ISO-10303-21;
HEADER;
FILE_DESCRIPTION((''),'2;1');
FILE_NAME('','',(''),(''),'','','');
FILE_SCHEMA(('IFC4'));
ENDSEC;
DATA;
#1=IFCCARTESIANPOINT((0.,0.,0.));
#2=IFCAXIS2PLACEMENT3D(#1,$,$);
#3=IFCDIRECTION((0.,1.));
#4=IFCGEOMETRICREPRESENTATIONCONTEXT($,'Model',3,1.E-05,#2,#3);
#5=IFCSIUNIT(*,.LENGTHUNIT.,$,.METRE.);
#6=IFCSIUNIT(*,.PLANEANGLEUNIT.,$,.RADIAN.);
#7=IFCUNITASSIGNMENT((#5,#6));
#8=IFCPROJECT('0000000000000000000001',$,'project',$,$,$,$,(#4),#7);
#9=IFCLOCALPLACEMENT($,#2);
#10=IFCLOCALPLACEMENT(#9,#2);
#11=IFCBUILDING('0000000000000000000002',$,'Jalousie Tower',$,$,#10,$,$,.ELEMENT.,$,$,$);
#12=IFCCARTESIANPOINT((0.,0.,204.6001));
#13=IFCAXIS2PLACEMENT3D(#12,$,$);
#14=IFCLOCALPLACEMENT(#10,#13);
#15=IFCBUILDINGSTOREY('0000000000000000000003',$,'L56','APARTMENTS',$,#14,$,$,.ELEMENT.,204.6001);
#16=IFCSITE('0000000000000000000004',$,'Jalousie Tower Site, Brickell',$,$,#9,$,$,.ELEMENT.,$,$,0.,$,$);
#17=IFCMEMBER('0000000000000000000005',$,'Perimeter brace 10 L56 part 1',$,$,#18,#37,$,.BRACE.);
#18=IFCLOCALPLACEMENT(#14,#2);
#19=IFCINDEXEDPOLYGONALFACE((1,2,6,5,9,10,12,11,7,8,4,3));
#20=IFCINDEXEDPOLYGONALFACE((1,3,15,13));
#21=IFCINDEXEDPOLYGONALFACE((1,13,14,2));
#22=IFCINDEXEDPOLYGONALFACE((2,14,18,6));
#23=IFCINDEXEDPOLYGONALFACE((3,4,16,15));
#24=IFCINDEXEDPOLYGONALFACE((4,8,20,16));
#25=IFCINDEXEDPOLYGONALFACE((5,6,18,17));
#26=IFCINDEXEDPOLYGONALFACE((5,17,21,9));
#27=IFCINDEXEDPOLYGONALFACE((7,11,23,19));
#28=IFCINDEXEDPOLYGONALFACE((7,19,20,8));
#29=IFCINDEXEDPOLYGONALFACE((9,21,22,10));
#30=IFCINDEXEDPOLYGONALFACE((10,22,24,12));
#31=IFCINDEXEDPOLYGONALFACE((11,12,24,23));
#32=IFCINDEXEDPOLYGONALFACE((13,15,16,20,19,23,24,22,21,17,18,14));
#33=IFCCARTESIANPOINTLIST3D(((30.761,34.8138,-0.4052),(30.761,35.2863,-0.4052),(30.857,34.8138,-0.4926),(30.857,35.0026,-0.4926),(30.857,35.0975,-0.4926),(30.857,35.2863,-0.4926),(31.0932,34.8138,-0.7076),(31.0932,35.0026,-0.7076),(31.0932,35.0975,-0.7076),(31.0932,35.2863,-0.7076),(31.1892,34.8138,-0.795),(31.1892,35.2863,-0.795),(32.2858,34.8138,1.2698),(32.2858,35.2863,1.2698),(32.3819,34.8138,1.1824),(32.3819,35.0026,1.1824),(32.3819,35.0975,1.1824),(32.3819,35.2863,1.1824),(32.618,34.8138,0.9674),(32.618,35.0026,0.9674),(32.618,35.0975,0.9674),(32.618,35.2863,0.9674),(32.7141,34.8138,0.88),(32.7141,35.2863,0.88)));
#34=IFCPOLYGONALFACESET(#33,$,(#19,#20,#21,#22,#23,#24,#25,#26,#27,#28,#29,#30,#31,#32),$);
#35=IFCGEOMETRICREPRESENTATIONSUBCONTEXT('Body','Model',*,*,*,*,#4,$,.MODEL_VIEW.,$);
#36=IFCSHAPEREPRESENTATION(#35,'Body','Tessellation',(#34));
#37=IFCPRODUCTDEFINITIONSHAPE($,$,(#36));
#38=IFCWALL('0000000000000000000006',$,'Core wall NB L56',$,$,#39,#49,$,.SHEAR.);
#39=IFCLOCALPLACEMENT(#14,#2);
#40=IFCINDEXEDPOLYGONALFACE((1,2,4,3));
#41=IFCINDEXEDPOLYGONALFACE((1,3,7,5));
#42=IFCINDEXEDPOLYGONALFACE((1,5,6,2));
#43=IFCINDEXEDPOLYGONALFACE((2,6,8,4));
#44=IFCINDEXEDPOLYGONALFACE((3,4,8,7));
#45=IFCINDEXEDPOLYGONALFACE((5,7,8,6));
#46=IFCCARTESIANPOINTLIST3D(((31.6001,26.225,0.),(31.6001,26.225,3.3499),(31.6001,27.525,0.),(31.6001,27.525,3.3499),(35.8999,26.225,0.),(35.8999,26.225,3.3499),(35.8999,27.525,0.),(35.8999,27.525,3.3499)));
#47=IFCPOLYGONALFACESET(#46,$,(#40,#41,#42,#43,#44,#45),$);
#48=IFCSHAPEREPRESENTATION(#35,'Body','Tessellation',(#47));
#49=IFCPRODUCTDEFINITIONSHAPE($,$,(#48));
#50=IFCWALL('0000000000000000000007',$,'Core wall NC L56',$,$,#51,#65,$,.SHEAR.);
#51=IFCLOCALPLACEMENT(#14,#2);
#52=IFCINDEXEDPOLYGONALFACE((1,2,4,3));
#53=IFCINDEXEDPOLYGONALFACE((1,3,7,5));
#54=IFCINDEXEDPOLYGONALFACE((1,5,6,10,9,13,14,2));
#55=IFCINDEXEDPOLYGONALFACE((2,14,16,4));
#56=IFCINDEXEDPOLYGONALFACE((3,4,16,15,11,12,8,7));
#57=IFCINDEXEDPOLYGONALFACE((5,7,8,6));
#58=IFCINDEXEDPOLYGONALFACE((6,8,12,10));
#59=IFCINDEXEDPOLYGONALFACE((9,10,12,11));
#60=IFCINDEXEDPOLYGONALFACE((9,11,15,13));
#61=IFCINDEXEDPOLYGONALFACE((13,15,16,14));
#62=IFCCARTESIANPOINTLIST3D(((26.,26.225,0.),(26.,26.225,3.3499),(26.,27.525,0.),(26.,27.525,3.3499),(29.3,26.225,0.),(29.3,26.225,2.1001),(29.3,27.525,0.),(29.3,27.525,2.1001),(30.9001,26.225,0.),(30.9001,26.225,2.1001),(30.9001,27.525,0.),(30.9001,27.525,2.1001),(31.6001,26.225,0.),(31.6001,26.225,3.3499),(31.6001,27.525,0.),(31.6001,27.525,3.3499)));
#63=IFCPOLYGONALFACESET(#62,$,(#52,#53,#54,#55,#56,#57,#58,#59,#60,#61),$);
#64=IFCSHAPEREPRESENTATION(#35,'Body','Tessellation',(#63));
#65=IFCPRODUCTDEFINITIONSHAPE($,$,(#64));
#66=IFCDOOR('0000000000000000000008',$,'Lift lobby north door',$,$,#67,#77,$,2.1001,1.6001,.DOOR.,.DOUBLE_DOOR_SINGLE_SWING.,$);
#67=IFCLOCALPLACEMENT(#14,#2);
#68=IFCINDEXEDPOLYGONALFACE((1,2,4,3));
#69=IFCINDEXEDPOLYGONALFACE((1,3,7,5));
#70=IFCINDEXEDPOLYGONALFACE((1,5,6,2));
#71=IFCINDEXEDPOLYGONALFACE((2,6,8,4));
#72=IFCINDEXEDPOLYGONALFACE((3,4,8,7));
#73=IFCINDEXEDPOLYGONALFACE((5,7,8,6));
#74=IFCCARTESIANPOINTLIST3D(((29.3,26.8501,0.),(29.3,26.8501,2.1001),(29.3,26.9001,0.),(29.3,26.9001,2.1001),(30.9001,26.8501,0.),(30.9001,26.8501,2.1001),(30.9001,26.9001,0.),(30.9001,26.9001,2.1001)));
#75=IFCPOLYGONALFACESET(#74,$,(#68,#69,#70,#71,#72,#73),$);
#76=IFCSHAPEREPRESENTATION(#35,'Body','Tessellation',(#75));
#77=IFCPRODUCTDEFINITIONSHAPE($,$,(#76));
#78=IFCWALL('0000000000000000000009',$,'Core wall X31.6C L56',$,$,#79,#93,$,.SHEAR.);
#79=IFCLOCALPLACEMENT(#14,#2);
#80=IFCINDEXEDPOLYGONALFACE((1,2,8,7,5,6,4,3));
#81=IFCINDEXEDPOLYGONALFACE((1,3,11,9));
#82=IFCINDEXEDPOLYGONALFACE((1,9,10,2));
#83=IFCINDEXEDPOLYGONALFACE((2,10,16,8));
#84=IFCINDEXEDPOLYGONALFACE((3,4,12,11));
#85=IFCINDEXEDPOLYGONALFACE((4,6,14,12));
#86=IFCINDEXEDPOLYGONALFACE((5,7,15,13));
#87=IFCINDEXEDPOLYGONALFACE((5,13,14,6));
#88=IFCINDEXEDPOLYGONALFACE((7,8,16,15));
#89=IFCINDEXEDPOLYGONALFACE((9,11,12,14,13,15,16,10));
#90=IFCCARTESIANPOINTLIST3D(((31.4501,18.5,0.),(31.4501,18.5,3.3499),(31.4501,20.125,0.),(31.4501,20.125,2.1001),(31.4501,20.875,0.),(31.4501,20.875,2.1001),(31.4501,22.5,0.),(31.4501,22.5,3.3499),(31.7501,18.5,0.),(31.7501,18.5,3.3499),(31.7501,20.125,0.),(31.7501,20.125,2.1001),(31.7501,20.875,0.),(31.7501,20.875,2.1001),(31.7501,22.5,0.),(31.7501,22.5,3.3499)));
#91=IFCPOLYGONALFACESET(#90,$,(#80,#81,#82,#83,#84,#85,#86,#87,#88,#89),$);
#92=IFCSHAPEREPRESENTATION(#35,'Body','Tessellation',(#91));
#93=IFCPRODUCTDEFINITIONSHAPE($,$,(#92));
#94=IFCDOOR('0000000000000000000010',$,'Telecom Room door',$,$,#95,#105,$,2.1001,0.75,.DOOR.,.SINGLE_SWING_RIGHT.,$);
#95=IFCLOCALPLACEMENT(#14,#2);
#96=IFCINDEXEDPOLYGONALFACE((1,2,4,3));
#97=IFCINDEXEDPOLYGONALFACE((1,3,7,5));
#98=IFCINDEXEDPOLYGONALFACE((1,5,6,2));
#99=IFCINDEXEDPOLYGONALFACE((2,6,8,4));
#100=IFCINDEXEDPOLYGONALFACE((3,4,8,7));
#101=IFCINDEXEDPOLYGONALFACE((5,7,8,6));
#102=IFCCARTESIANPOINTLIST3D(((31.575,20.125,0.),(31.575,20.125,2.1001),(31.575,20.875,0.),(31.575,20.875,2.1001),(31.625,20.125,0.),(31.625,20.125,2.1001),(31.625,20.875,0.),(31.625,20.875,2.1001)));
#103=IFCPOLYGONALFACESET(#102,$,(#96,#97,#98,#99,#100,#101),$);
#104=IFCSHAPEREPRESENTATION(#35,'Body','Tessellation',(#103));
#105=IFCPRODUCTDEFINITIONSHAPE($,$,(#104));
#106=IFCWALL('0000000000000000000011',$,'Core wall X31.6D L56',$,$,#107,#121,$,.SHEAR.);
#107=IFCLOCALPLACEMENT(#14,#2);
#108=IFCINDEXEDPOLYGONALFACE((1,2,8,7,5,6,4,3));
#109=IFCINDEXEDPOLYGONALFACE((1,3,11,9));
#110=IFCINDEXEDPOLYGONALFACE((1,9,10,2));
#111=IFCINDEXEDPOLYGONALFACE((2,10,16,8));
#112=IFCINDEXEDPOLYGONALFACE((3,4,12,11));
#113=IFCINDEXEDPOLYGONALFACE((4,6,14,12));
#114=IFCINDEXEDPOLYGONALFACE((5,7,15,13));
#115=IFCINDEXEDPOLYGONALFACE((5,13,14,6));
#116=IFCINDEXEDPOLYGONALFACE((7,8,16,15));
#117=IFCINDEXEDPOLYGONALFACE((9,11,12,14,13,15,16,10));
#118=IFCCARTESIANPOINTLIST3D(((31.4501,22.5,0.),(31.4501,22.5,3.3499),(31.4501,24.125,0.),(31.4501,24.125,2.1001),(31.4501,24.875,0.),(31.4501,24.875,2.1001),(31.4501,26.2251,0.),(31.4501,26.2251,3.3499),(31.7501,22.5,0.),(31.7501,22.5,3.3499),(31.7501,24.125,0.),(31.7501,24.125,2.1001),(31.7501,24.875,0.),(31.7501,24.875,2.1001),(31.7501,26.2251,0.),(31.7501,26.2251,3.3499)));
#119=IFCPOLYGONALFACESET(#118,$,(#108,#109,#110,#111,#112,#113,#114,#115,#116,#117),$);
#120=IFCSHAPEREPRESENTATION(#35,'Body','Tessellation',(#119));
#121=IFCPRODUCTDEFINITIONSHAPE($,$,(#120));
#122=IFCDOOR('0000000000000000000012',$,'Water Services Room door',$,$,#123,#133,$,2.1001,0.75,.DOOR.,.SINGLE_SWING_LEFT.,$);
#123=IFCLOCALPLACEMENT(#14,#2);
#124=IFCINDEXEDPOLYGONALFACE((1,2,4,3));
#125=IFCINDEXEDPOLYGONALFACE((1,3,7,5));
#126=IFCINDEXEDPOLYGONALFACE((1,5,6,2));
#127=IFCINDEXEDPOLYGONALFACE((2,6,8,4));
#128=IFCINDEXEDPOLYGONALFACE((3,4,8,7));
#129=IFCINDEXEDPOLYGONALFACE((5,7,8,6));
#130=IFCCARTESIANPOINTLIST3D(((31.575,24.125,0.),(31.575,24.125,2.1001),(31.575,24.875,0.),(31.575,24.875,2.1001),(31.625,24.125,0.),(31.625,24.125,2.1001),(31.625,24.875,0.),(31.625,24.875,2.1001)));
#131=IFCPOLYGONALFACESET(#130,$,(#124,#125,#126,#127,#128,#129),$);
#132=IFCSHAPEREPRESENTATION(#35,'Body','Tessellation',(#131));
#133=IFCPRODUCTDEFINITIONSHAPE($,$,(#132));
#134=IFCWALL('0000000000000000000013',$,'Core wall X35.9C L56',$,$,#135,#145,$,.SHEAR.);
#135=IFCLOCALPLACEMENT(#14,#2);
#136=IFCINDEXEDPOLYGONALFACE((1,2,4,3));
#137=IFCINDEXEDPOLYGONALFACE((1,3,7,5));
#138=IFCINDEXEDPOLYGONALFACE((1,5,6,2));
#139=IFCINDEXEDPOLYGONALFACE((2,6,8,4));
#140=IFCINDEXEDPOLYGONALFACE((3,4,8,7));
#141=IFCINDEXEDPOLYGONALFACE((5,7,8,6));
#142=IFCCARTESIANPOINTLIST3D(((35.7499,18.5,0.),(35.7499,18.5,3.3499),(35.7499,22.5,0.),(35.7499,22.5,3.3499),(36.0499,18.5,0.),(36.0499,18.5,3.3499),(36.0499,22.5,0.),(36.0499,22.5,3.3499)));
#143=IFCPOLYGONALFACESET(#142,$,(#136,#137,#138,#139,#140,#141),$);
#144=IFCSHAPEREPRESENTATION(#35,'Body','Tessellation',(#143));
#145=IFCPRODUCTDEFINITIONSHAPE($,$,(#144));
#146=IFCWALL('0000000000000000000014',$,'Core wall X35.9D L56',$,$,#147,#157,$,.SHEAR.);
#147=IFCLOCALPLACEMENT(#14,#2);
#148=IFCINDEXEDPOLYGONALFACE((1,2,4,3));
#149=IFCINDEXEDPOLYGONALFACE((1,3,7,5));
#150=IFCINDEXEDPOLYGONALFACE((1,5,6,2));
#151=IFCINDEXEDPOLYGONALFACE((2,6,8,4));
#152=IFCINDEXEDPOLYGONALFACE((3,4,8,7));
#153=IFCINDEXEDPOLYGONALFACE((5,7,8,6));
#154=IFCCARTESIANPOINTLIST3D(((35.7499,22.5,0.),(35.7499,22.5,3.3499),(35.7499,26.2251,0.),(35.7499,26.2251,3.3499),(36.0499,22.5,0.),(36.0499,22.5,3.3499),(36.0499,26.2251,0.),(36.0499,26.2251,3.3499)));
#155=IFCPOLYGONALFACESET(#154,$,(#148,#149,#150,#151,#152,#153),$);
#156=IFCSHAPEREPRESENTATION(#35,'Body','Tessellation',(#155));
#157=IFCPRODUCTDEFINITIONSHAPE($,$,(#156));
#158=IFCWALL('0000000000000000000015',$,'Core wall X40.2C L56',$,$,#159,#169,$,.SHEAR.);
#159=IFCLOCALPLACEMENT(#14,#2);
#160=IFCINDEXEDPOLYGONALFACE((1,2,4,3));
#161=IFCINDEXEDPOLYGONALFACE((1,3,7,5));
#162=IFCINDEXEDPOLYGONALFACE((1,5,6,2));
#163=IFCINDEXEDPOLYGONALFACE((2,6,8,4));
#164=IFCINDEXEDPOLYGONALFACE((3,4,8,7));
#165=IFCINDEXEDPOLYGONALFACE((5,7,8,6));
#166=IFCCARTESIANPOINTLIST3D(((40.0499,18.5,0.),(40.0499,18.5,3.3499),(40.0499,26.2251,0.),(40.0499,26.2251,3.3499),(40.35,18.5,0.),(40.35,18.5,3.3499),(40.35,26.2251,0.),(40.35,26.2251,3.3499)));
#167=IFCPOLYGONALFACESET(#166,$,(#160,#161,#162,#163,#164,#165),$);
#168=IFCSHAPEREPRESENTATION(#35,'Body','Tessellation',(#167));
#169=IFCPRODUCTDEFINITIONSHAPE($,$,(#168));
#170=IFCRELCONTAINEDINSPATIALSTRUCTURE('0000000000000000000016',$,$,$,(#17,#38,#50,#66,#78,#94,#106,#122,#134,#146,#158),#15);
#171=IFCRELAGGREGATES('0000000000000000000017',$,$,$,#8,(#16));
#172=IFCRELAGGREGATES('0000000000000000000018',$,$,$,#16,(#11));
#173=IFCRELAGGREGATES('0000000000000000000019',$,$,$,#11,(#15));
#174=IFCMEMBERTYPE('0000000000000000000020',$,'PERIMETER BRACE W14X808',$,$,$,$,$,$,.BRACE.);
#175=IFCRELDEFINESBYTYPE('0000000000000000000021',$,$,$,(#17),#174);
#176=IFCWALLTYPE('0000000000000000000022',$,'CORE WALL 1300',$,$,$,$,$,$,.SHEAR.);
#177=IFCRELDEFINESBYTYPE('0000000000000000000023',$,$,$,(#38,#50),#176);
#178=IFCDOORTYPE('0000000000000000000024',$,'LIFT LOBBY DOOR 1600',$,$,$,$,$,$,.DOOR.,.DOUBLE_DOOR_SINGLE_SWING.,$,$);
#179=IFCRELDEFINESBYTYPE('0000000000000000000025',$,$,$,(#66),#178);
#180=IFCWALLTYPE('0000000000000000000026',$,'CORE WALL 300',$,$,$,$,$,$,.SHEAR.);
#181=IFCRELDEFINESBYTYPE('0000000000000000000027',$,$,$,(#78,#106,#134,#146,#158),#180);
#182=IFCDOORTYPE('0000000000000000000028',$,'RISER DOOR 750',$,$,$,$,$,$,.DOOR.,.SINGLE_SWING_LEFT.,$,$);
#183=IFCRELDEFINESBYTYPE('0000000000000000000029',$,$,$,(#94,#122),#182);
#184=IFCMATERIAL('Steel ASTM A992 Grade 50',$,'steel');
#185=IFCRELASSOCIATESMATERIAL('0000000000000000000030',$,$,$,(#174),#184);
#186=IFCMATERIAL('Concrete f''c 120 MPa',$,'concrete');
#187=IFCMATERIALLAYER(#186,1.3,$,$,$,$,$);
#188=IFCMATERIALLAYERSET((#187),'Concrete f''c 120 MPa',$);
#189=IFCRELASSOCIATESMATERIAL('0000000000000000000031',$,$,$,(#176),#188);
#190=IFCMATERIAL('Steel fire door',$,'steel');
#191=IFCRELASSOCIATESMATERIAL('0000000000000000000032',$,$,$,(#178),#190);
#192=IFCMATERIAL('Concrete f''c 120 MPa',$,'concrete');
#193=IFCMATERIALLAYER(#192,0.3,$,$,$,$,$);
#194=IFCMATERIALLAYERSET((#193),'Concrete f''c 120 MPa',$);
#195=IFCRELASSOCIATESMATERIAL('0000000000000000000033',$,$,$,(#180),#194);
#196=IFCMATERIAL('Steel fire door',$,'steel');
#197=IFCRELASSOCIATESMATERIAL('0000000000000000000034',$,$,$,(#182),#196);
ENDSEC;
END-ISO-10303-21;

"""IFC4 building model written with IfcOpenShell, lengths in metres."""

from ifc_helpers import new_model, si_unit, direction, frame, frame_2d, origin, origin_2d, place, context, subcontext, project, spatial, rectangle, i_section, extrude, material, layer, layer_set, material_profile, profile_set, type_object, element, fill, save


model = new_model("IFC4")

# Units and contexts
model_context = context("Model", 3, precision=1e-05, world=origin(), true_north=direction((0.0, 1.0)))
body_context = subcontext(model_context, "Body", "Model", "MODEL_VIEW")
ifc_project = project(units=[si_unit("LENGTHUNIT", "METRE"), si_unit("PLANEANGLEUNIT", "RADIAN")], contexts=[model_context])

# Site, building, storey
site_placement = place(None, origin())
site = spatial("IfcSite", under=ifc_project, at=site_placement, Name="Jalousie Tower Site, Brickell", CompositionType="ELEMENT", RefElevation=0.0)
building_placement = place(site_placement, origin())
building = spatial("IfcBuilding", under=site, at=building_placement, Name="Jalousie Tower", CompositionType="ELEMENT")
storey_placement = place(building_placement, frame((0.0, 0.0, 204.6001)))
storey = spatial("IfcBuildingStorey", under=building, at=storey_placement, Name="L56", Description="APARTMENTS", CompositionType="ELEMENT", Elevation=204.6001)

# Member
ifc_material_1 = material(Name="Steel ASTM A992 Grade 50", Category="steel")
ifc_material_profile = material_profile(ifc_material_1, i_section(OverallWidth=0.4724, OverallDepth=0.5791, WebThickness=0.095, FlangeThickness=0.1299, at=origin_2d()), Name="W14X808")
ifc_profile_set = profile_set([ifc_material_profile], Name="Steel ASTM A992 Grade 50")
member_type = type_object("IfcMemberType", Name="PERIMETER BRACE W14X808", PredefinedType="BRACE", material=ifc_profile_set)
member_placement = place(storey_placement, frame((30.9751, 35.05, -0.6001), z_axis=(0.673188, 0.0, 0.739472), x_axis=(0.0, 1.0, 0.0)))
element("IfcMember", 1, at=member_placement, inside=storey, type_object=member_type, Name="Perimeter brace 10 L56 part 1", PredefinedType="BRACE", context=body_context, shape_type="SweptSolid", body=[
    extrude(i_section(OverallWidth=0.4724, OverallDepth=0.5791, WebThickness=0.095, FlangeThickness=0.1299, at=origin_2d()), origin(), (0.0, 0.0, 1.0), 2.2651),
])

# Wall
ifc_material_2 = material(Name="Concrete f'c 120 MPa", Category="concrete")
ifc_layer_1 = layer(ifc_material_2, 1.3)
ifc_layer_set_1 = layer_set([ifc_layer_1], Name="Concrete f'c 120 MPa")
wall_type_1 = type_object("IfcWallType", Name="CORE WALL 1300", PredefinedType="SHEAR", material=ifc_layer_set_1)
wall_1_placement = place(storey_placement, frame((35.8999, 26.875, 0.0), z_axis=(0.0, 0.0, 1.0), x_axis=(-1.0, 0.0, 0.0)))
element("IfcWall", 2, at=wall_1_placement, inside=storey, type_object=wall_type_1, Name="Core wall NB L56", PredefinedType="SHEAR", context=body_context, shape_type="SweptSolid", body=[
    extrude(rectangle(XDim=4.2998, YDim=1.3, at=frame_2d((2.1499, 0.0))), origin(), (0.0, 0.0, 1.0), 3.3499),
])

# Walls, openings, doors
wall_2_placement = place(storey_placement, frame((31.6001, 26.875, 0.0), z_axis=(0.0, 0.0, 1.0), x_axis=(-1.0, 0.0, 0.0)))
wall_2 = element("IfcWall", 3, at=wall_2_placement, inside=storey, type_object=wall_type_1, Name="Core wall NC L56", PredefinedType="SHEAR", context=body_context, shape_type="SweptSolid", body=[
    extrude(rectangle(XDim=5.6001, YDim=1.3, at=frame_2d((2.8, 0.0))), origin(), (0.0, 0.0, 1.0), 3.3499),
])
opening_1_placement = place(wall_2_placement, frame((0.7, 0.0, 0.0)))
opening_1 = element("IfcOpeningElement", 4, at=opening_1_placement, cuts=wall_2, PredefinedType="OPENING", context=body_context, shape_type="SweptSolid", body=[
    extrude(rectangle(XDim=1.6001, YDim=2.1001, at=frame_2d((0.8, 1.05))), frame((0.0, 0.6599, 0.0), z_axis=(0.0, -1.0, 0.0), x_axis=(1.0, 0.0, 0.0)), (0.0, 0.0, 1.0), 1.3201),
])
ifc_material_3 = material(Name="Steel fire door", Category="steel")
door_type_1 = type_object("IfcDoorType", Name="LIFT LOBBY DOOR 1600", OperationType="DOUBLE_DOOR_SINGLE_SWING", PredefinedType="DOOR", material=ifc_material_3)
door_1_placement = place(opening_1_placement, origin())
door_1 = element("IfcDoor", 5, at=door_1_placement, inside=storey, type_object=door_type_1, Name="Lift lobby north door", OperationType="DOUBLE_DOOR_SINGLE_SWING", OverallHeight=2.1001, OverallWidth=1.6001, PredefinedType="DOOR", context=body_context, shape_type="SweptSolid", body=[
    extrude(rectangle(XDim=1.6001, YDim=2.1001, at=frame_2d((0.8, 1.05))), frame((0.0, 0.0249, 0.0), z_axis=(0.0, -1.0, 0.0), x_axis=(1.0, 0.0, 0.0)), (0.0, 0.0, 1.0), 0.05),
])
fill(opening_1, door_1)
ifc_material_4 = material(Name="Concrete f'c 120 MPa", Category="concrete")
ifc_layer_2 = layer(ifc_material_4, 0.3)
ifc_layer_set_2 = layer_set([ifc_layer_2], Name="Concrete f'c 120 MPa")
wall_type_2 = type_object("IfcWallType", Name="CORE WALL 300", PredefinedType="SHEAR", material=ifc_layer_set_2)
wall_3_placement = place(storey_placement, frame((31.6001, 18.5, 0.0), z_axis=(0.0, 0.0, 1.0), x_axis=(0.0, 1.0, 0.0)))
wall_3 = element("IfcWall", 6, at=wall_3_placement, inside=storey, type_object=wall_type_2, Name="Core wall X31.6C L56", PredefinedType="SHEAR", context=body_context, shape_type="SweptSolid", body=[
    extrude(rectangle(XDim=4.0, YDim=0.3, at=frame_2d((2.0, 0.0))), origin(), (0.0, 0.0, 1.0), 3.3499),
])
opening_2_placement = place(wall_3_placement, frame((1.625, 0.0, 0.0)))
opening_2 = element("IfcOpeningElement", 7, at=opening_2_placement, cuts=wall_3, PredefinedType="OPENING", context=body_context, shape_type="SweptSolid", body=[
    extrude(rectangle(XDim=0.75, YDim=2.1001, at=frame_2d((0.375, 1.05))), frame((0.0, 0.1599, 0.0), z_axis=(0.0, -1.0, 0.0), x_axis=(1.0, 0.0, 0.0)), (0.0, 0.0, 1.0), 0.3201),
])
ifc_material_5 = material(Name="Steel fire door", Category="steel")
door_type_2 = type_object("IfcDoorType", Name="RISER DOOR 750", OperationType="SINGLE_SWING_LEFT", PredefinedType="DOOR", material=ifc_material_5)
door_2_placement = place(opening_2_placement, frame((0.75, 0.0, 0.0), z_axis=(0.0, 0.0, 1.0), x_axis=(-1.0, 0.0, 0.0)))
door_2 = element("IfcDoor", 8, at=door_2_placement, inside=storey, type_object=door_type_2, Name="Telecom Room door", OperationType="SINGLE_SWING_RIGHT", OverallHeight=2.1001, OverallWidth=0.75, PredefinedType="DOOR", context=body_context, shape_type="SweptSolid", body=[
    extrude(rectangle(XDim=0.75, YDim=2.1001, at=frame_2d((0.375, 1.05))), frame((0.0, 0.0249, 0.0), z_axis=(0.0, -1.0, 0.0), x_axis=(1.0, 0.0, 0.0)), (0.0, 0.0, 1.0), 0.05),
])
fill(opening_2, door_2)
wall_4_placement = place(storey_placement, frame((31.6001, 22.5, 0.0), z_axis=(0.0, 0.0, 1.0), x_axis=(0.0, 1.0, 0.0)))
wall_4 = element("IfcWall", 9, at=wall_4_placement, inside=storey, type_object=wall_type_2, Name="Core wall X31.6D L56", PredefinedType="SHEAR", context=body_context, shape_type="SweptSolid", body=[
    extrude(rectangle(XDim=3.7251, YDim=0.3, at=frame_2d((1.8625, 0.0))), origin(), (0.0, 0.0, 1.0), 3.3499),
])
opening_3_placement = place(wall_4_placement, frame((1.625, 0.0, 0.0)))
opening_3 = element("IfcOpeningElement", 10, at=opening_3_placement, cuts=wall_4, PredefinedType="OPENING", context=body_context, shape_type="SweptSolid", body=[
    extrude(rectangle(XDim=0.75, YDim=2.1001, at=frame_2d((0.375, 1.05))), frame((0.0, 0.1599, 0.0), z_axis=(0.0, -1.0, 0.0), x_axis=(1.0, 0.0, 0.0)), (0.0, 0.0, 1.0), 0.3201),
])
door_3_placement = place(opening_3_placement, frame((0.75, 0.0, 0.0), z_axis=(0.0, 0.0, 1.0), x_axis=(-1.0, 0.0, 0.0)))
door_3 = element("IfcDoor", 11, at=door_3_placement, inside=storey, type_object=door_type_2, Name="Water Services Room door", OperationType="SINGLE_SWING_LEFT", OverallHeight=2.1001, OverallWidth=0.75, PredefinedType="DOOR", context=body_context, shape_type="SweptSolid", body=[
    extrude(rectangle(XDim=0.75, YDim=2.1001, at=frame_2d((0.375, 1.05))), frame((0.0, 0.0249, 0.0), z_axis=(0.0, -1.0, 0.0), x_axis=(1.0, 0.0, 0.0)), (0.0, 0.0, 1.0), 0.05),
])
fill(opening_3, door_3)

# Walls
wall_5_placement = place(storey_placement, frame((35.8999, 18.5, 0.0), z_axis=(0.0, 0.0, 1.0), x_axis=(0.0, 1.0, 0.0)))
element("IfcWall", 12, at=wall_5_placement, inside=storey, type_object=wall_type_2, Name="Core wall X35.9C L56", PredefinedType="SHEAR", context=body_context, shape_type="SweptSolid", body=[
    extrude(rectangle(XDim=4.0, YDim=0.3, at=frame_2d((2.0, 0.0))), origin(), (0.0, 0.0, 1.0), 3.3499),
])
wall_6_placement = place(storey_placement, frame((35.8999, 22.5, 0.0), z_axis=(0.0, 0.0, 1.0), x_axis=(0.0, 1.0, 0.0)))
element("IfcWall", 13, at=wall_6_placement, inside=storey, type_object=wall_type_2, Name="Core wall X35.9D L56", PredefinedType="SHEAR", context=body_context, shape_type="SweptSolid", body=[
    extrude(rectangle(XDim=3.7251, YDim=0.3, at=frame_2d((1.8625, 0.0))), origin(), (0.0, 0.0, 1.0), 3.3499),
])
wall_7_placement = place(storey_placement, frame((40.2, 18.5, 0.0), z_axis=(0.0, 0.0, 1.0), x_axis=(0.0, 1.0, 0.0)))
element("IfcWall", 14, at=wall_7_placement, inside=storey, type_object=wall_type_2, Name="Core wall X40.2C L56", PredefinedType="SHEAR", context=body_context, shape_type="SweptSolid", body=[
    extrude(rectangle(XDim=7.7251, YDim=0.3, at=frame_2d((3.8625, 0.0))), origin(), (0.0, 0.0, 1.0), 3.3499),
])

save(model, "model.ifc")
